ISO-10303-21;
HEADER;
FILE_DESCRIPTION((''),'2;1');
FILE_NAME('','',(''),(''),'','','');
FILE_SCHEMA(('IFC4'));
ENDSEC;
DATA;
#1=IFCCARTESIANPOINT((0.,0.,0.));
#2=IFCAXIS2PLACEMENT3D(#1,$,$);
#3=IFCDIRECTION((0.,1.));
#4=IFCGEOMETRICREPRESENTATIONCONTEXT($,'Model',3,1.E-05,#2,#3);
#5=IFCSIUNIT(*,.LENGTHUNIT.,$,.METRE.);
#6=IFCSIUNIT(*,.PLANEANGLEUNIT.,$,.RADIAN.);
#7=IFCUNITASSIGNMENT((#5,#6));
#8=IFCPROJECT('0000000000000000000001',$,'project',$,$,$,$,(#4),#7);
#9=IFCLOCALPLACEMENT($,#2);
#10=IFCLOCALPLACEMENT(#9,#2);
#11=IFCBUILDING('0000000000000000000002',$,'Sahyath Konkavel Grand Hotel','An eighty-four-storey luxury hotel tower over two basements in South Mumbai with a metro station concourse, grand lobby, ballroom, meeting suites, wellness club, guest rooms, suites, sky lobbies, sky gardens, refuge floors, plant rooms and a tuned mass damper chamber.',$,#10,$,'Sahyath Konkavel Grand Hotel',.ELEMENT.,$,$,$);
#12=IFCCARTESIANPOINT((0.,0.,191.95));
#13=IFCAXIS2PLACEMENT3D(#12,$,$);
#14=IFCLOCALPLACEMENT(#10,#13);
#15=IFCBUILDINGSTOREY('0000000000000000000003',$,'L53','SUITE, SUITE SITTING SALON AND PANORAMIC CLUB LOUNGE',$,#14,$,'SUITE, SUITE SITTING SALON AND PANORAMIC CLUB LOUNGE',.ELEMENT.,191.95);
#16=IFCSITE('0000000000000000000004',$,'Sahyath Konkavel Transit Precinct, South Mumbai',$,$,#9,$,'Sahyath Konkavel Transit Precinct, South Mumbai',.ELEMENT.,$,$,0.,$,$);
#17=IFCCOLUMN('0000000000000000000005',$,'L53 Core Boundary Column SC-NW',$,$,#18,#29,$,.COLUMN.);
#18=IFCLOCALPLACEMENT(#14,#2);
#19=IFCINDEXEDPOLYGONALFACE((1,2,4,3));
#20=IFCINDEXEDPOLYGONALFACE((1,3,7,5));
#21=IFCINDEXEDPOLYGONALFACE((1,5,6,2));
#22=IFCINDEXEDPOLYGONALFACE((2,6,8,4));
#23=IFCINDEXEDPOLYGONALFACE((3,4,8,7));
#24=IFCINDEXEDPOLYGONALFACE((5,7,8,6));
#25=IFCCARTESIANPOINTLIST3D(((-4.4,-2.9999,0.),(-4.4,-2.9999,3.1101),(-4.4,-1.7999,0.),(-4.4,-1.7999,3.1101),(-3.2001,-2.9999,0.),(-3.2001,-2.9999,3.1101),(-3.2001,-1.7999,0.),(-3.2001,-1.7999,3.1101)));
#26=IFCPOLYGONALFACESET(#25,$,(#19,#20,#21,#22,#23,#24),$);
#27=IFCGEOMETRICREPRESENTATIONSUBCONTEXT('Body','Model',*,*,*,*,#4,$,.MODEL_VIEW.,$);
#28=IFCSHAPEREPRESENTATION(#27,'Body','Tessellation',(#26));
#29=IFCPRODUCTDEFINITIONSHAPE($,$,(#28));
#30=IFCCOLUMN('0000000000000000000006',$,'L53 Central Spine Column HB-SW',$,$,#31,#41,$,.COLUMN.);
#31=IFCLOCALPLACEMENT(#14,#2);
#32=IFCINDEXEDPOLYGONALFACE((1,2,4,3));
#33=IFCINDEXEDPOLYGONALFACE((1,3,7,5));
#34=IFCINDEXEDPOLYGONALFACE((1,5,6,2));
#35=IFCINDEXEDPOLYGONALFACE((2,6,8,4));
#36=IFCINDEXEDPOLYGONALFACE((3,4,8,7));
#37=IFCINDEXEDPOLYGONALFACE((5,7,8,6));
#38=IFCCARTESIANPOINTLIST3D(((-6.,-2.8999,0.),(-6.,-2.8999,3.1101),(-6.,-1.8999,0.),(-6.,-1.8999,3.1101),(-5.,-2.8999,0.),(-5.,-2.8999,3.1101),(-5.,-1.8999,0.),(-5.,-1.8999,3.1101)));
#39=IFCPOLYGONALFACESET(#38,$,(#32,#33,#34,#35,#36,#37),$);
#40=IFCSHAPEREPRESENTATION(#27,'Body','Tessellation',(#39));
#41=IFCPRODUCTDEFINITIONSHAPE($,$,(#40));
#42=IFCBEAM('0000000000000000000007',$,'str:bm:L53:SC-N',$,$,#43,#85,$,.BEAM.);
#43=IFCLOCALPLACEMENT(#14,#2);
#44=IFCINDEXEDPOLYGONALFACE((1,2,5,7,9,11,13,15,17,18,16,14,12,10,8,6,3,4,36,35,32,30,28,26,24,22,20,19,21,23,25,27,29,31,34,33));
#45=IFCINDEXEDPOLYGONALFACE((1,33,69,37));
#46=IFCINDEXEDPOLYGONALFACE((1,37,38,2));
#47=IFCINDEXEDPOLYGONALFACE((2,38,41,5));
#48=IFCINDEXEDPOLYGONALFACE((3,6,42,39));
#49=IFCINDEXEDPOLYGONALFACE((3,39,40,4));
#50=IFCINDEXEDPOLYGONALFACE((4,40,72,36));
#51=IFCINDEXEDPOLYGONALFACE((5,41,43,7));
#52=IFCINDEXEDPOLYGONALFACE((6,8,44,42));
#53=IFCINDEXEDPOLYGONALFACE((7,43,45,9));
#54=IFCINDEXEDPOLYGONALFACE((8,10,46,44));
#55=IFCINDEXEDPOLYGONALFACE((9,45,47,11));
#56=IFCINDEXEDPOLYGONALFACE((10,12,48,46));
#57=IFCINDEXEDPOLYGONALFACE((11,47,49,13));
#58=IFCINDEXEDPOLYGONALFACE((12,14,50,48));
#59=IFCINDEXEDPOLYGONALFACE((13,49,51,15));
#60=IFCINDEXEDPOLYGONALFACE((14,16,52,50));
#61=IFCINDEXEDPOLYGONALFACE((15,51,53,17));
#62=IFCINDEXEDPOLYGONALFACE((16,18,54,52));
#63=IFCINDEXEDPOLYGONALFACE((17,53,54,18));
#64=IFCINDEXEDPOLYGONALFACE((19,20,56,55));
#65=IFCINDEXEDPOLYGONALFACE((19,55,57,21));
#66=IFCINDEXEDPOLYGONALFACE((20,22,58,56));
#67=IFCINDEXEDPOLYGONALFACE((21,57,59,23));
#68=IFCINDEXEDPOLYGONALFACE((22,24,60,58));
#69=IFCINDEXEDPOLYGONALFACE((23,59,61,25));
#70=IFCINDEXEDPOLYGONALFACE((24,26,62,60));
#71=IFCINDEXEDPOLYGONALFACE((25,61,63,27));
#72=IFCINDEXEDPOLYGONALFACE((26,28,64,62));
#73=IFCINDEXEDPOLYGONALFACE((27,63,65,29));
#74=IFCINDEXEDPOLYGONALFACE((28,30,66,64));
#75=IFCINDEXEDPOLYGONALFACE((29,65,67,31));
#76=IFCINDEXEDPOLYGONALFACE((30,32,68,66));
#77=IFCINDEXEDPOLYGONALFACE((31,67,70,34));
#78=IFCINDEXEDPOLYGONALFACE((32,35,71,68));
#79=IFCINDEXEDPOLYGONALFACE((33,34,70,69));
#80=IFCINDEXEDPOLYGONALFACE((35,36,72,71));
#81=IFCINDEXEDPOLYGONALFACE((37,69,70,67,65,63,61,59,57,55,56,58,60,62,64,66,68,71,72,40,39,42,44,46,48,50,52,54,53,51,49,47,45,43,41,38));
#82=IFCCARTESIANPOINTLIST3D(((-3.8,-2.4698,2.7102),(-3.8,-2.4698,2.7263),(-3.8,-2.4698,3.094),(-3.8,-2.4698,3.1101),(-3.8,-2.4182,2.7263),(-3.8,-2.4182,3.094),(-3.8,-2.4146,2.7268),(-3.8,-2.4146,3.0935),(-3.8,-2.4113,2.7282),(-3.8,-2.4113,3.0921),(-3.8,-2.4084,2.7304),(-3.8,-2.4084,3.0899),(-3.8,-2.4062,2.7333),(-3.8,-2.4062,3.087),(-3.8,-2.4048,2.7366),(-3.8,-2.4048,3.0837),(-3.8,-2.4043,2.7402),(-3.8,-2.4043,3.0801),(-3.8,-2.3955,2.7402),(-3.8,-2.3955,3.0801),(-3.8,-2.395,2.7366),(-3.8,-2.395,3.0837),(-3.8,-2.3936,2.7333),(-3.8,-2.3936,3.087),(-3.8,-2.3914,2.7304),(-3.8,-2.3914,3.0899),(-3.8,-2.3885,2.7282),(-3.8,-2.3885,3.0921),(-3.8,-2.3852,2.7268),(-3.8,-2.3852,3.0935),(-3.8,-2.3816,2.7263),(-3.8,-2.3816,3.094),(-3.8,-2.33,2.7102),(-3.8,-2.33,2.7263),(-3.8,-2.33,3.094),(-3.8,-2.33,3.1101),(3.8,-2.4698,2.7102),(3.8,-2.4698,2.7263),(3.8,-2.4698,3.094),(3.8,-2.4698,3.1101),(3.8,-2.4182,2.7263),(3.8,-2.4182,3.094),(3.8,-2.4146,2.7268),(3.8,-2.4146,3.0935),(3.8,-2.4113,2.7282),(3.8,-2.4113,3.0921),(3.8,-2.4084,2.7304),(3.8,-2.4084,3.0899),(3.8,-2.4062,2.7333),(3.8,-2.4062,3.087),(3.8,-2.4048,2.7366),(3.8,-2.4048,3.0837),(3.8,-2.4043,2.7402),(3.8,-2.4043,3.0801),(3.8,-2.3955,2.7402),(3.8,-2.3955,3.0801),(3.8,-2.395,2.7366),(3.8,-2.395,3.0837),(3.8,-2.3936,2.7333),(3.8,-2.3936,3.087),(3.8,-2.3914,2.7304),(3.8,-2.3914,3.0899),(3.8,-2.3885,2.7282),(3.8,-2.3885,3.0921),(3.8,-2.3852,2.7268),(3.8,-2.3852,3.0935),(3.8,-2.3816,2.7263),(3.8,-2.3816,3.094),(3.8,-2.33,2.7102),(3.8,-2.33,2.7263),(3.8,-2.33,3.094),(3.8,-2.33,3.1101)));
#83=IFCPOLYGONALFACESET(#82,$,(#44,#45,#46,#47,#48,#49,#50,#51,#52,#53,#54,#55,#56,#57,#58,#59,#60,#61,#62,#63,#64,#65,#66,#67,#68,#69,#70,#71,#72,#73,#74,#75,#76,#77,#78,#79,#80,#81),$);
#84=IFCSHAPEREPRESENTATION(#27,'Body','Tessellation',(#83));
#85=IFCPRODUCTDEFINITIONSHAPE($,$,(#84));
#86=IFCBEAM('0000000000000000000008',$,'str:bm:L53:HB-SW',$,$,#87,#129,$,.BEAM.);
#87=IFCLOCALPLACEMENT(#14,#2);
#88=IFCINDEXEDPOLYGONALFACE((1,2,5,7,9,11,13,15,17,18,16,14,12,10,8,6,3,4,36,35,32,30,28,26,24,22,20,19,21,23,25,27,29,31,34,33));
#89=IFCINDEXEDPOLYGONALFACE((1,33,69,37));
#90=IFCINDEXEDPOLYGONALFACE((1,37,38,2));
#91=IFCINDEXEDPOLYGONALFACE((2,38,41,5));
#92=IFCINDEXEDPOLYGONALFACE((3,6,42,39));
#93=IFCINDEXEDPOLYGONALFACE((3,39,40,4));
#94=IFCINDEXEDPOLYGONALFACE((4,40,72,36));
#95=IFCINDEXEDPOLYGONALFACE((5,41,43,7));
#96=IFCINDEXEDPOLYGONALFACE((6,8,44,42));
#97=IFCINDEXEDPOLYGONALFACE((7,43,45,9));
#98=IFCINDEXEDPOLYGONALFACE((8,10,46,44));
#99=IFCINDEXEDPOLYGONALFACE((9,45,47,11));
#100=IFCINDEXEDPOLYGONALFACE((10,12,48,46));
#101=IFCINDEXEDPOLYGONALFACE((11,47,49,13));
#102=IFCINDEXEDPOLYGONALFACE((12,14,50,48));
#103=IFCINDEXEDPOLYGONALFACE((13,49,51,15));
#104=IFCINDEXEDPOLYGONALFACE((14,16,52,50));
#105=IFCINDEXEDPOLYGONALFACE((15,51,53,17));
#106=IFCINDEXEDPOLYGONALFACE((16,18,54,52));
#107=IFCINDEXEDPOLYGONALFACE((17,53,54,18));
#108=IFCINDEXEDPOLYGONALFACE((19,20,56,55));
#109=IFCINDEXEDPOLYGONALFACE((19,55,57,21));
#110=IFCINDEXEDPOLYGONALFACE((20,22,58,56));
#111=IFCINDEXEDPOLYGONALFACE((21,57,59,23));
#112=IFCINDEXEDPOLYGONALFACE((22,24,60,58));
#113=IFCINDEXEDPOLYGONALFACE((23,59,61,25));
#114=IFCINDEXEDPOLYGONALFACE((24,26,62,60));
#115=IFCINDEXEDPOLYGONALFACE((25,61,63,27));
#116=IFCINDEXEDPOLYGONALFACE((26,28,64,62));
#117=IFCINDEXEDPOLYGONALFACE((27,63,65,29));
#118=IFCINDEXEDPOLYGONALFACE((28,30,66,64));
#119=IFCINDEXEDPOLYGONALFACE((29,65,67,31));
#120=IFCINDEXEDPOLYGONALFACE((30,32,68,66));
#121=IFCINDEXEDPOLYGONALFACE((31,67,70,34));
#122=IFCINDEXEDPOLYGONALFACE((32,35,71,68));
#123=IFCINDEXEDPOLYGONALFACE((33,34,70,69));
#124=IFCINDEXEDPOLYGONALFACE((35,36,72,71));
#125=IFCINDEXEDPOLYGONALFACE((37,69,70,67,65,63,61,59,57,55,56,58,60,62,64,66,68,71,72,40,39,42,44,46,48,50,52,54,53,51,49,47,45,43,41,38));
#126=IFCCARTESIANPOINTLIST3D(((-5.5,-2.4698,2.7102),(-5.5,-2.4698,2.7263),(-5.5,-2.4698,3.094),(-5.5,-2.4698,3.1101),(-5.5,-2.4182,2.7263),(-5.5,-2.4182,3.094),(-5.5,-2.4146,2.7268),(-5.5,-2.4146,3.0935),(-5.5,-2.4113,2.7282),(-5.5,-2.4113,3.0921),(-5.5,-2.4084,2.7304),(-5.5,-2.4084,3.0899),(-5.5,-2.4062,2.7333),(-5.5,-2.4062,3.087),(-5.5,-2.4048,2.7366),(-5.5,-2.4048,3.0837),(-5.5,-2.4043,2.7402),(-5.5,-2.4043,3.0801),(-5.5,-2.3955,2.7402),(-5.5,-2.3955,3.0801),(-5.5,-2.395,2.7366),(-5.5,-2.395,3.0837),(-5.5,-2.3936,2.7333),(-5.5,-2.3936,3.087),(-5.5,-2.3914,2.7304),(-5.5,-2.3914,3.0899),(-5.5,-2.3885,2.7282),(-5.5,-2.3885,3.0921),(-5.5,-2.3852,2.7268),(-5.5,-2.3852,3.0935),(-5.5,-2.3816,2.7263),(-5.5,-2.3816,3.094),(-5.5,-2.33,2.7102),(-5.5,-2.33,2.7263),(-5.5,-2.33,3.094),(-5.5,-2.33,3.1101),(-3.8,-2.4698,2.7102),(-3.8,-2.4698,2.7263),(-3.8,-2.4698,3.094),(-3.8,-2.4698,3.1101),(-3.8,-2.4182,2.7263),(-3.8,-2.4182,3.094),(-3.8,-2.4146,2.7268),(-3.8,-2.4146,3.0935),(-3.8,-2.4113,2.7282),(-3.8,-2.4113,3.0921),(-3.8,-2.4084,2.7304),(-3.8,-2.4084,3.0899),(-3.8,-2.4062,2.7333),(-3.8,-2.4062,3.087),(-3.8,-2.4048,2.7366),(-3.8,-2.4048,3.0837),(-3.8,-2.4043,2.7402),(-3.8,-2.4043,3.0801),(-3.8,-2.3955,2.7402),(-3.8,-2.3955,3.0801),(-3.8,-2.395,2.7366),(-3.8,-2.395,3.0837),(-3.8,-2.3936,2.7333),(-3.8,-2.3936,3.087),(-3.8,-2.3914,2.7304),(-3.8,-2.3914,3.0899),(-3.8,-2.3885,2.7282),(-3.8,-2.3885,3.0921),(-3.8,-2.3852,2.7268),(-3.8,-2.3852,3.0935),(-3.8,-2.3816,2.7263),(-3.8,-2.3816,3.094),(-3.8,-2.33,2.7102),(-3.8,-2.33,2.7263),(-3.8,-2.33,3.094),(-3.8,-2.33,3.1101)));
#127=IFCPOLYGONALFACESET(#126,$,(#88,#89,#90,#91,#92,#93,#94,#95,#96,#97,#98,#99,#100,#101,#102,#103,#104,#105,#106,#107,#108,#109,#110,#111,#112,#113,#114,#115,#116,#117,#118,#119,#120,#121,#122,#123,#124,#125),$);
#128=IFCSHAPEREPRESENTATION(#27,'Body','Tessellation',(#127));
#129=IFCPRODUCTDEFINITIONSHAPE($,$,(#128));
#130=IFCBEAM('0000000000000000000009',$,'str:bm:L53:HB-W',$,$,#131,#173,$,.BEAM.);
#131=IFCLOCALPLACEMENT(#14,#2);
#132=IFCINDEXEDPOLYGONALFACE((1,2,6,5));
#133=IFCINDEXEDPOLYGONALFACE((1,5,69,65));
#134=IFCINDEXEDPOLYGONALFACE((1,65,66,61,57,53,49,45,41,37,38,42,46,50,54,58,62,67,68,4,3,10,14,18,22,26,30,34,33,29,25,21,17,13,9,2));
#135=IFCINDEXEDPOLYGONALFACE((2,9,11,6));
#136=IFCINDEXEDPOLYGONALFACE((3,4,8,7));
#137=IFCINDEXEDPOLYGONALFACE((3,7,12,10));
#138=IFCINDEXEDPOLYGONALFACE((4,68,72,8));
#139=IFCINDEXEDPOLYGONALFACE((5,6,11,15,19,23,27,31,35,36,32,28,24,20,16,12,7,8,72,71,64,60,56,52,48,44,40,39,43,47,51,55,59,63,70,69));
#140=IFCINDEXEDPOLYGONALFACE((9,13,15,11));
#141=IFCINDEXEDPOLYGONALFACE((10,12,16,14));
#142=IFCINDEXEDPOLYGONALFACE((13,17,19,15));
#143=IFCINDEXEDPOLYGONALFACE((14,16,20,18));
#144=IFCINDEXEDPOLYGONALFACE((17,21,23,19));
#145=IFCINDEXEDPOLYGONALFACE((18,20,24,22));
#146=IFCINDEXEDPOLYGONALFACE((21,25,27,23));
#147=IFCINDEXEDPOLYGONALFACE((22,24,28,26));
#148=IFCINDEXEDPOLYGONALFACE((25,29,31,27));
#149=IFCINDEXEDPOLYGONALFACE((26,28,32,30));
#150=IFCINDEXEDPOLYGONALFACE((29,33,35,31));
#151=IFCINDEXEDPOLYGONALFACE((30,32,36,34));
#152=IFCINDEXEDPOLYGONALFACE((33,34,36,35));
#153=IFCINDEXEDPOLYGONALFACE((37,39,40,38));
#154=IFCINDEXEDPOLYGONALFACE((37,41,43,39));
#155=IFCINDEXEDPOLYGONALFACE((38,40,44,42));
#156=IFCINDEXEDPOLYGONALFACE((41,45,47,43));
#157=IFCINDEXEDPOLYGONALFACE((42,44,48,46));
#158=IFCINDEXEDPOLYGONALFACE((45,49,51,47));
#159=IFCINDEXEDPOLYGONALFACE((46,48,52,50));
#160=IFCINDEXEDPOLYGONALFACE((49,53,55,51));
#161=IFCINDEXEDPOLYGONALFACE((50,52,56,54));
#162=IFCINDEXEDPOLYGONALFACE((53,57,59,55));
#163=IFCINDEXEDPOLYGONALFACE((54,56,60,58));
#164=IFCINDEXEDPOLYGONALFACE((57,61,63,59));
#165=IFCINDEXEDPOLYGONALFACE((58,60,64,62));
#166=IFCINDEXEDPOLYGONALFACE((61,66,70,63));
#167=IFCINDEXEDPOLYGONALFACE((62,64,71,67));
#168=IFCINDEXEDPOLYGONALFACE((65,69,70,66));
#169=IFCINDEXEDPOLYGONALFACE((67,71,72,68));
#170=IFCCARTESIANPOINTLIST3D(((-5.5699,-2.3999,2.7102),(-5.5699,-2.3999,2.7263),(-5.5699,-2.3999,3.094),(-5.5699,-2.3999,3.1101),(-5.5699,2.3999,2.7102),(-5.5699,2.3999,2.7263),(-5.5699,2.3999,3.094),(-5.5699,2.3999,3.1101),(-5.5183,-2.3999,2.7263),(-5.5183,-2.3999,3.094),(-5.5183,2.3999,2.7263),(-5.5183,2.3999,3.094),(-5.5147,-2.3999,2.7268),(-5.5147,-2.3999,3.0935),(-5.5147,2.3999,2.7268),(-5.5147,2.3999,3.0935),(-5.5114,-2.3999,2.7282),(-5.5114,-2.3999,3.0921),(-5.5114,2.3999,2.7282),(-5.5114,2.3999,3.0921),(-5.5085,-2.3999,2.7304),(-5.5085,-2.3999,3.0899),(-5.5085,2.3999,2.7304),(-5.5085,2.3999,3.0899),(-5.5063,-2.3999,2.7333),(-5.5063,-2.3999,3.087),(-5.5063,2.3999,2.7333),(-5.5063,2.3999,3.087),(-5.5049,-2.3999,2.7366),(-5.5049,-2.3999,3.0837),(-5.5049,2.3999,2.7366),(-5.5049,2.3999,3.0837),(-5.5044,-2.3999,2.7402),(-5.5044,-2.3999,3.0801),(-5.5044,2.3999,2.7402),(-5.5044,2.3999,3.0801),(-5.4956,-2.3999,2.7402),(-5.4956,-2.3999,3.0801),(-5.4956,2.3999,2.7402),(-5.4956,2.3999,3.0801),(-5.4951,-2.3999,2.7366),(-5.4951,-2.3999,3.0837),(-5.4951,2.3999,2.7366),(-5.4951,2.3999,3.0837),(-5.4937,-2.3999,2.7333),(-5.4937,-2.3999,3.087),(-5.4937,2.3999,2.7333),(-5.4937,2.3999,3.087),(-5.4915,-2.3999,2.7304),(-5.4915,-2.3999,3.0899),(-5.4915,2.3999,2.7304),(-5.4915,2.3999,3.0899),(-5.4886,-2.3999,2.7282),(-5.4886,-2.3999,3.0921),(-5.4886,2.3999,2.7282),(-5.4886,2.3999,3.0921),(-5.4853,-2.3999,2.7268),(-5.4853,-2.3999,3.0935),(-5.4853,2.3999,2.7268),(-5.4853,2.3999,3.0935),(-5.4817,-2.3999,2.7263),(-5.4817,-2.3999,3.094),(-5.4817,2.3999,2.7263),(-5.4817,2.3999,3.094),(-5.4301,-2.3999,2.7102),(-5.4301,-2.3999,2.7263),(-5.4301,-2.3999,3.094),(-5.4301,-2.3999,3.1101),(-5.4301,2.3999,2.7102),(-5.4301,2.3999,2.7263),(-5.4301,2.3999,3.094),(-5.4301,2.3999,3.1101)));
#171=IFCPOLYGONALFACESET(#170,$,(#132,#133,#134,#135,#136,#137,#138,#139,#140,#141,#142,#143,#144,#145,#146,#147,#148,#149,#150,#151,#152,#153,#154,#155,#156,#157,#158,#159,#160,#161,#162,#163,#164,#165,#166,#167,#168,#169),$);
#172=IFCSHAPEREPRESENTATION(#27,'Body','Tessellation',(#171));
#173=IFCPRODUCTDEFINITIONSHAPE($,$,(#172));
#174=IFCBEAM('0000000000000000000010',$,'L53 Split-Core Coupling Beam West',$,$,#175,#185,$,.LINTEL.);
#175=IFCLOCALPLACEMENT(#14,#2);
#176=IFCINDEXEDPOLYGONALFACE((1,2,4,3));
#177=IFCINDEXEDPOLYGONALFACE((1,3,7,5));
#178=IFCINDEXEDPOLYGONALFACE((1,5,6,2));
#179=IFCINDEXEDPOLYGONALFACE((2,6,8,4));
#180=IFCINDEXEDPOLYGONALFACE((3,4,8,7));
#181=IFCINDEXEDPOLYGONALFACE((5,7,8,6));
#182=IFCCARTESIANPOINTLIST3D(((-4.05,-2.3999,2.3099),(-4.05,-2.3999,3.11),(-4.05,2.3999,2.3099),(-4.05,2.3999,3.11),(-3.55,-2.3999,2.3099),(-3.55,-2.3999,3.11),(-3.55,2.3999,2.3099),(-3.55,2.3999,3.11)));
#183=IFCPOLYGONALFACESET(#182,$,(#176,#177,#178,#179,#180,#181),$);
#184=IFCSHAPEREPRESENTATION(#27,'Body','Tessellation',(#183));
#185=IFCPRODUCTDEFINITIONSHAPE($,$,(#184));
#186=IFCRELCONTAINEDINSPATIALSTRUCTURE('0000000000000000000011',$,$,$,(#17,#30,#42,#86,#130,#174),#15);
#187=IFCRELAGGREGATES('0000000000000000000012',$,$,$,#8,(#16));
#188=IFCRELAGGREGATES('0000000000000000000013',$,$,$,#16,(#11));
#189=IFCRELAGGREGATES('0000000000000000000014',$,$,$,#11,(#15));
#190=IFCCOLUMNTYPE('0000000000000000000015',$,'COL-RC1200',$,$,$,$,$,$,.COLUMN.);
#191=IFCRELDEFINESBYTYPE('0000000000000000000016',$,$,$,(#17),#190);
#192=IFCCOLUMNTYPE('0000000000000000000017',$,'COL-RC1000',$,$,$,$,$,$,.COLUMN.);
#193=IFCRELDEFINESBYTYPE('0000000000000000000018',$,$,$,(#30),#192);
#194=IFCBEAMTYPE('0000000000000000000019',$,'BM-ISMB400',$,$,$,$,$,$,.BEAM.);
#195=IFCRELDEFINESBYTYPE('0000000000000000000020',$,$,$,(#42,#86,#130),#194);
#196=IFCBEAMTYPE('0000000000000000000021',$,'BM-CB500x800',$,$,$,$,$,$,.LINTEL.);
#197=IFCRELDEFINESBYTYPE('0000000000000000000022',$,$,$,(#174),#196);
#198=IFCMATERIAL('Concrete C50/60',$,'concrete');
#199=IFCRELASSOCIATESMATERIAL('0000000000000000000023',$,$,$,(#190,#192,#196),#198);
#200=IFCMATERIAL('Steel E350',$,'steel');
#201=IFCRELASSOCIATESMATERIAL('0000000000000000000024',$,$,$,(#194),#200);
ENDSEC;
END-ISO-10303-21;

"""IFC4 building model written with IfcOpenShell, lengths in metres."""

from ifc_helpers import new_model, si_unit, direction, frame, origin, origin_2d, place, context, subcontext, project, spatial, rectangle, i_section, extrude, source, transform, mapped, material, material_profile, profile_set, type_object, element, save


model = new_model("IFC4")

# Units and contexts
model_context = context("Model", 3, precision=1e-05, world=origin(), true_north=direction((0.0, 1.0)))
body_context = subcontext(model_context, "Body", "Model", "MODEL_VIEW")
ifc_project = project(units=[si_unit("LENGTHUNIT", "METRE"), si_unit("PLANEANGLEUNIT", "RADIAN")], contexts=[model_context])

# Site, building, storey
site_placement = place(None, origin())
site = spatial("IfcSite", under=ifc_project, at=site_placement, Name="Sahyath Konkavel Transit Precinct, South Mumbai", LongName="Sahyath Konkavel Transit Precinct, South Mumbai", CompositionType="ELEMENT", RefElevation=0.0)
building_placement = place(site_placement, origin())
building = spatial("IfcBuilding", under=site, at=building_placement, Name="Sahyath Konkavel Grand Hotel", Description="An eighty-four-storey luxury hotel tower over two basements in South Mumbai with a metro station concourse, grand lobby, ballroom, meeting suites, wellness club, guest rooms, suites, sky lobbies, sky gardens, refuge floors, plant rooms and a tuned mass damper chamber.", LongName="Sahyath Konkavel Grand Hotel", CompositionType="ELEMENT")
storey_placement = place(building_placement, frame((0.0, 0.0, 191.95)))
storey = spatial("IfcBuildingStorey", under=building, at=storey_placement, Name="L53", Description="SUITE, SUITE SITTING SALON AND PANORAMIC CLUB LOUNGE", LongName="SUITE, SUITE SITTING SALON AND PANORAMIC CLUB LOUNGE", CompositionType="ELEMENT", Elevation=191.95)

# Columns
ifc_material_1 = material(Name="Concrete C50/60", Category="concrete")
ifc_material_profile_1 = material_profile(ifc_material_1, rectangle(XDim=1.2, YDim=1.2, at=origin_2d()), Name="RC 1200x1200")
ifc_profile_set_1 = profile_set([ifc_material_profile_1], Name="Concrete C50/60")
column_type_1 = type_object("IfcColumnType", Name="COL-RC1200", PredefinedType="COLUMN", material=ifc_profile_set_1)
shared_shape_1 = source(origin(), body_context, "Body", "SweptSolid", [
    extrude(rectangle(XDim=1.2, YDim=1.2, at=origin_2d()), origin(), (0.0, 0.0, 1.0), 3.1101),
])
column_1_placement = place(storey_placement, frame((-3.8, -2.3999, 0.0), z_axis=(0.0, 0.0, 1.0), x_axis=(1.0, 0.0, 0.0)))
element("IfcColumn", 1, at=column_1_placement, inside=storey, type_object=column_type_1, Name="L53 Core Boundary Column SC-NW", PredefinedType="COLUMN", context=body_context, shape_type="MappedRepresentation", body=[
    mapped(shared_shape_1, transform((0.0, 0.0, 0.0), scale=1.0)),
])
ifc_material_profile_2 = material_profile(ifc_material_1, rectangle(XDim=1.0, YDim=1.0, at=origin_2d()), Name="RC 1000x1000")
ifc_profile_set_2 = profile_set([ifc_material_profile_2], Name="Concrete C50/60")
column_type_2 = type_object("IfcColumnType", Name="COL-RC1000", PredefinedType="COLUMN", material=ifc_profile_set_2)
shared_shape_2 = source(origin(), body_context, "Body", "SweptSolid", [
    extrude(rectangle(XDim=1.0, YDim=1.0, at=origin_2d()), origin(), (0.0, 0.0, 1.0), 3.1101),
])
column_2_placement = place(storey_placement, frame((-5.5, -2.3999, 0.0), z_axis=(0.0, 0.0, 1.0), x_axis=(1.0, 0.0, 0.0)))
element("IfcColumn", 2, at=column_2_placement, inside=storey, type_object=column_type_2, Name="L53 Central Spine Column HB-SW", PredefinedType="COLUMN", context=body_context, shape_type="MappedRepresentation", body=[
    mapped(shared_shape_2, transform((0.0, 0.0, 0.0), scale=1.0)),
])

# Beams
ifc_material_2 = material(Name="Steel E350", Category="steel")
ifc_material_profile_3 = material_profile(ifc_material_2, i_section(OverallWidth=0.1399, OverallDepth=0.3999, WebThickness=0.0088, FlangeThickness=0.0161, FilletRadius=0.0139, at=origin_2d()), Name="ISMB 400")
ifc_profile_set_3 = profile_set([ifc_material_profile_3], Name="Steel E350")
beam_type_1 = type_object("IfcBeamType", Name="BM-ISMB400", PredefinedType="BEAM", material=ifc_profile_set_3)
shared_shape_3 = source(origin(), body_context, "Body", "SweptSolid", [
    extrude(i_section(OverallWidth=0.1399, OverallDepth=0.3999, WebThickness=0.0088, FlangeThickness=0.0161, FilletRadius=0.0139, at=origin_2d()), origin(), (0.0, 0.0, 1.0), 7.6001),
])
beam_1_placement = place(storey_placement, frame((-3.8, -2.3999, 2.9102), z_axis=(1.0, 0.0, 0.0), x_axis=(0.0, 1.0, 0.0)))
element("IfcBeam", 3, at=beam_1_placement, inside=storey, type_object=beam_type_1, Name="str:bm:L53:SC-N", PredefinedType="BEAM", context=body_context, shape_type="MappedRepresentation", body=[
    mapped(shared_shape_3, transform((0.0, 0.0, 0.0), scale=1.0)),
])
shared_shape_4 = source(origin(), body_context, "Body", "SweptSolid", [
    extrude(i_section(OverallWidth=0.1399, OverallDepth=0.3999, WebThickness=0.0088, FlangeThickness=0.0161, FilletRadius=0.0139, at=origin_2d()), origin(), (0.0, 0.0, 1.0), 1.7),
])
beam_2_placement = place(storey_placement, frame((-5.5, -2.3999, 2.9102), z_axis=(1.0, 0.0, 0.0), x_axis=(0.0, 1.0, 0.0)))
element("IfcBeam", 4, at=beam_2_placement, inside=storey, type_object=beam_type_1, Name="str:bm:L53:HB-SW", PredefinedType="BEAM", context=body_context, shape_type="MappedRepresentation", body=[
    mapped(shared_shape_4, transform((0.0, 0.0, 0.0), scale=1.0)),
])
shared_shape_5 = source(origin(), body_context, "Body", "SweptSolid", [
    extrude(i_section(OverallWidth=0.1399, OverallDepth=0.3999, WebThickness=0.0088, FlangeThickness=0.0161, FilletRadius=0.0139, at=origin_2d()), origin(), (0.0, 0.0, 1.0), 4.7998),
])
beam_3_placement = place(storey_placement, frame((-5.5, -2.3999, 2.9102), z_axis=(0.0, 1.0, 0.0), x_axis=(-1.0, 0.0, 0.0)))
element("IfcBeam", 5, at=beam_3_placement, inside=storey, type_object=beam_type_1, Name="str:bm:L53:HB-W", PredefinedType="BEAM", context=body_context, shape_type="MappedRepresentation", body=[
    mapped(shared_shape_5, transform((0.0, 0.0, 0.0), scale=1.0)),
])
ifc_material_profile_4 = material_profile(ifc_material_1, rectangle(XDim=0.5, YDim=0.8, at=origin_2d()), Name="RC 500x800")
ifc_profile_set_4 = profile_set([ifc_material_profile_4], Name="Concrete C50/60")
beam_type_2 = type_object("IfcBeamType", Name="BM-CB500x800", PredefinedType="LINTEL", material=ifc_profile_set_4)
shared_shape_6 = source(origin(), body_context, "Body", "SweptSolid", [
    extrude(rectangle(XDim=0.5, YDim=0.8, at=origin_2d()), origin(), (0.0, 0.0, 1.0), 4.7998),
])
beam_4_placement = place(storey_placement, frame((-3.8, -2.3999, 2.71), z_axis=(0.0, 1.0, 0.0), x_axis=(-1.0, 0.0, 0.0)))
element("IfcBeam", 6, at=beam_4_placement, inside=storey, type_object=beam_type_2, Name="L53 Split-Core Coupling Beam West", PredefinedType="LINTEL", context=body_context, shape_type="MappedRepresentation", body=[
    mapped(shared_shape_6, transform((0.0, 0.0, 0.0), scale=1.0)),
])

save(model, "model.ifc")
